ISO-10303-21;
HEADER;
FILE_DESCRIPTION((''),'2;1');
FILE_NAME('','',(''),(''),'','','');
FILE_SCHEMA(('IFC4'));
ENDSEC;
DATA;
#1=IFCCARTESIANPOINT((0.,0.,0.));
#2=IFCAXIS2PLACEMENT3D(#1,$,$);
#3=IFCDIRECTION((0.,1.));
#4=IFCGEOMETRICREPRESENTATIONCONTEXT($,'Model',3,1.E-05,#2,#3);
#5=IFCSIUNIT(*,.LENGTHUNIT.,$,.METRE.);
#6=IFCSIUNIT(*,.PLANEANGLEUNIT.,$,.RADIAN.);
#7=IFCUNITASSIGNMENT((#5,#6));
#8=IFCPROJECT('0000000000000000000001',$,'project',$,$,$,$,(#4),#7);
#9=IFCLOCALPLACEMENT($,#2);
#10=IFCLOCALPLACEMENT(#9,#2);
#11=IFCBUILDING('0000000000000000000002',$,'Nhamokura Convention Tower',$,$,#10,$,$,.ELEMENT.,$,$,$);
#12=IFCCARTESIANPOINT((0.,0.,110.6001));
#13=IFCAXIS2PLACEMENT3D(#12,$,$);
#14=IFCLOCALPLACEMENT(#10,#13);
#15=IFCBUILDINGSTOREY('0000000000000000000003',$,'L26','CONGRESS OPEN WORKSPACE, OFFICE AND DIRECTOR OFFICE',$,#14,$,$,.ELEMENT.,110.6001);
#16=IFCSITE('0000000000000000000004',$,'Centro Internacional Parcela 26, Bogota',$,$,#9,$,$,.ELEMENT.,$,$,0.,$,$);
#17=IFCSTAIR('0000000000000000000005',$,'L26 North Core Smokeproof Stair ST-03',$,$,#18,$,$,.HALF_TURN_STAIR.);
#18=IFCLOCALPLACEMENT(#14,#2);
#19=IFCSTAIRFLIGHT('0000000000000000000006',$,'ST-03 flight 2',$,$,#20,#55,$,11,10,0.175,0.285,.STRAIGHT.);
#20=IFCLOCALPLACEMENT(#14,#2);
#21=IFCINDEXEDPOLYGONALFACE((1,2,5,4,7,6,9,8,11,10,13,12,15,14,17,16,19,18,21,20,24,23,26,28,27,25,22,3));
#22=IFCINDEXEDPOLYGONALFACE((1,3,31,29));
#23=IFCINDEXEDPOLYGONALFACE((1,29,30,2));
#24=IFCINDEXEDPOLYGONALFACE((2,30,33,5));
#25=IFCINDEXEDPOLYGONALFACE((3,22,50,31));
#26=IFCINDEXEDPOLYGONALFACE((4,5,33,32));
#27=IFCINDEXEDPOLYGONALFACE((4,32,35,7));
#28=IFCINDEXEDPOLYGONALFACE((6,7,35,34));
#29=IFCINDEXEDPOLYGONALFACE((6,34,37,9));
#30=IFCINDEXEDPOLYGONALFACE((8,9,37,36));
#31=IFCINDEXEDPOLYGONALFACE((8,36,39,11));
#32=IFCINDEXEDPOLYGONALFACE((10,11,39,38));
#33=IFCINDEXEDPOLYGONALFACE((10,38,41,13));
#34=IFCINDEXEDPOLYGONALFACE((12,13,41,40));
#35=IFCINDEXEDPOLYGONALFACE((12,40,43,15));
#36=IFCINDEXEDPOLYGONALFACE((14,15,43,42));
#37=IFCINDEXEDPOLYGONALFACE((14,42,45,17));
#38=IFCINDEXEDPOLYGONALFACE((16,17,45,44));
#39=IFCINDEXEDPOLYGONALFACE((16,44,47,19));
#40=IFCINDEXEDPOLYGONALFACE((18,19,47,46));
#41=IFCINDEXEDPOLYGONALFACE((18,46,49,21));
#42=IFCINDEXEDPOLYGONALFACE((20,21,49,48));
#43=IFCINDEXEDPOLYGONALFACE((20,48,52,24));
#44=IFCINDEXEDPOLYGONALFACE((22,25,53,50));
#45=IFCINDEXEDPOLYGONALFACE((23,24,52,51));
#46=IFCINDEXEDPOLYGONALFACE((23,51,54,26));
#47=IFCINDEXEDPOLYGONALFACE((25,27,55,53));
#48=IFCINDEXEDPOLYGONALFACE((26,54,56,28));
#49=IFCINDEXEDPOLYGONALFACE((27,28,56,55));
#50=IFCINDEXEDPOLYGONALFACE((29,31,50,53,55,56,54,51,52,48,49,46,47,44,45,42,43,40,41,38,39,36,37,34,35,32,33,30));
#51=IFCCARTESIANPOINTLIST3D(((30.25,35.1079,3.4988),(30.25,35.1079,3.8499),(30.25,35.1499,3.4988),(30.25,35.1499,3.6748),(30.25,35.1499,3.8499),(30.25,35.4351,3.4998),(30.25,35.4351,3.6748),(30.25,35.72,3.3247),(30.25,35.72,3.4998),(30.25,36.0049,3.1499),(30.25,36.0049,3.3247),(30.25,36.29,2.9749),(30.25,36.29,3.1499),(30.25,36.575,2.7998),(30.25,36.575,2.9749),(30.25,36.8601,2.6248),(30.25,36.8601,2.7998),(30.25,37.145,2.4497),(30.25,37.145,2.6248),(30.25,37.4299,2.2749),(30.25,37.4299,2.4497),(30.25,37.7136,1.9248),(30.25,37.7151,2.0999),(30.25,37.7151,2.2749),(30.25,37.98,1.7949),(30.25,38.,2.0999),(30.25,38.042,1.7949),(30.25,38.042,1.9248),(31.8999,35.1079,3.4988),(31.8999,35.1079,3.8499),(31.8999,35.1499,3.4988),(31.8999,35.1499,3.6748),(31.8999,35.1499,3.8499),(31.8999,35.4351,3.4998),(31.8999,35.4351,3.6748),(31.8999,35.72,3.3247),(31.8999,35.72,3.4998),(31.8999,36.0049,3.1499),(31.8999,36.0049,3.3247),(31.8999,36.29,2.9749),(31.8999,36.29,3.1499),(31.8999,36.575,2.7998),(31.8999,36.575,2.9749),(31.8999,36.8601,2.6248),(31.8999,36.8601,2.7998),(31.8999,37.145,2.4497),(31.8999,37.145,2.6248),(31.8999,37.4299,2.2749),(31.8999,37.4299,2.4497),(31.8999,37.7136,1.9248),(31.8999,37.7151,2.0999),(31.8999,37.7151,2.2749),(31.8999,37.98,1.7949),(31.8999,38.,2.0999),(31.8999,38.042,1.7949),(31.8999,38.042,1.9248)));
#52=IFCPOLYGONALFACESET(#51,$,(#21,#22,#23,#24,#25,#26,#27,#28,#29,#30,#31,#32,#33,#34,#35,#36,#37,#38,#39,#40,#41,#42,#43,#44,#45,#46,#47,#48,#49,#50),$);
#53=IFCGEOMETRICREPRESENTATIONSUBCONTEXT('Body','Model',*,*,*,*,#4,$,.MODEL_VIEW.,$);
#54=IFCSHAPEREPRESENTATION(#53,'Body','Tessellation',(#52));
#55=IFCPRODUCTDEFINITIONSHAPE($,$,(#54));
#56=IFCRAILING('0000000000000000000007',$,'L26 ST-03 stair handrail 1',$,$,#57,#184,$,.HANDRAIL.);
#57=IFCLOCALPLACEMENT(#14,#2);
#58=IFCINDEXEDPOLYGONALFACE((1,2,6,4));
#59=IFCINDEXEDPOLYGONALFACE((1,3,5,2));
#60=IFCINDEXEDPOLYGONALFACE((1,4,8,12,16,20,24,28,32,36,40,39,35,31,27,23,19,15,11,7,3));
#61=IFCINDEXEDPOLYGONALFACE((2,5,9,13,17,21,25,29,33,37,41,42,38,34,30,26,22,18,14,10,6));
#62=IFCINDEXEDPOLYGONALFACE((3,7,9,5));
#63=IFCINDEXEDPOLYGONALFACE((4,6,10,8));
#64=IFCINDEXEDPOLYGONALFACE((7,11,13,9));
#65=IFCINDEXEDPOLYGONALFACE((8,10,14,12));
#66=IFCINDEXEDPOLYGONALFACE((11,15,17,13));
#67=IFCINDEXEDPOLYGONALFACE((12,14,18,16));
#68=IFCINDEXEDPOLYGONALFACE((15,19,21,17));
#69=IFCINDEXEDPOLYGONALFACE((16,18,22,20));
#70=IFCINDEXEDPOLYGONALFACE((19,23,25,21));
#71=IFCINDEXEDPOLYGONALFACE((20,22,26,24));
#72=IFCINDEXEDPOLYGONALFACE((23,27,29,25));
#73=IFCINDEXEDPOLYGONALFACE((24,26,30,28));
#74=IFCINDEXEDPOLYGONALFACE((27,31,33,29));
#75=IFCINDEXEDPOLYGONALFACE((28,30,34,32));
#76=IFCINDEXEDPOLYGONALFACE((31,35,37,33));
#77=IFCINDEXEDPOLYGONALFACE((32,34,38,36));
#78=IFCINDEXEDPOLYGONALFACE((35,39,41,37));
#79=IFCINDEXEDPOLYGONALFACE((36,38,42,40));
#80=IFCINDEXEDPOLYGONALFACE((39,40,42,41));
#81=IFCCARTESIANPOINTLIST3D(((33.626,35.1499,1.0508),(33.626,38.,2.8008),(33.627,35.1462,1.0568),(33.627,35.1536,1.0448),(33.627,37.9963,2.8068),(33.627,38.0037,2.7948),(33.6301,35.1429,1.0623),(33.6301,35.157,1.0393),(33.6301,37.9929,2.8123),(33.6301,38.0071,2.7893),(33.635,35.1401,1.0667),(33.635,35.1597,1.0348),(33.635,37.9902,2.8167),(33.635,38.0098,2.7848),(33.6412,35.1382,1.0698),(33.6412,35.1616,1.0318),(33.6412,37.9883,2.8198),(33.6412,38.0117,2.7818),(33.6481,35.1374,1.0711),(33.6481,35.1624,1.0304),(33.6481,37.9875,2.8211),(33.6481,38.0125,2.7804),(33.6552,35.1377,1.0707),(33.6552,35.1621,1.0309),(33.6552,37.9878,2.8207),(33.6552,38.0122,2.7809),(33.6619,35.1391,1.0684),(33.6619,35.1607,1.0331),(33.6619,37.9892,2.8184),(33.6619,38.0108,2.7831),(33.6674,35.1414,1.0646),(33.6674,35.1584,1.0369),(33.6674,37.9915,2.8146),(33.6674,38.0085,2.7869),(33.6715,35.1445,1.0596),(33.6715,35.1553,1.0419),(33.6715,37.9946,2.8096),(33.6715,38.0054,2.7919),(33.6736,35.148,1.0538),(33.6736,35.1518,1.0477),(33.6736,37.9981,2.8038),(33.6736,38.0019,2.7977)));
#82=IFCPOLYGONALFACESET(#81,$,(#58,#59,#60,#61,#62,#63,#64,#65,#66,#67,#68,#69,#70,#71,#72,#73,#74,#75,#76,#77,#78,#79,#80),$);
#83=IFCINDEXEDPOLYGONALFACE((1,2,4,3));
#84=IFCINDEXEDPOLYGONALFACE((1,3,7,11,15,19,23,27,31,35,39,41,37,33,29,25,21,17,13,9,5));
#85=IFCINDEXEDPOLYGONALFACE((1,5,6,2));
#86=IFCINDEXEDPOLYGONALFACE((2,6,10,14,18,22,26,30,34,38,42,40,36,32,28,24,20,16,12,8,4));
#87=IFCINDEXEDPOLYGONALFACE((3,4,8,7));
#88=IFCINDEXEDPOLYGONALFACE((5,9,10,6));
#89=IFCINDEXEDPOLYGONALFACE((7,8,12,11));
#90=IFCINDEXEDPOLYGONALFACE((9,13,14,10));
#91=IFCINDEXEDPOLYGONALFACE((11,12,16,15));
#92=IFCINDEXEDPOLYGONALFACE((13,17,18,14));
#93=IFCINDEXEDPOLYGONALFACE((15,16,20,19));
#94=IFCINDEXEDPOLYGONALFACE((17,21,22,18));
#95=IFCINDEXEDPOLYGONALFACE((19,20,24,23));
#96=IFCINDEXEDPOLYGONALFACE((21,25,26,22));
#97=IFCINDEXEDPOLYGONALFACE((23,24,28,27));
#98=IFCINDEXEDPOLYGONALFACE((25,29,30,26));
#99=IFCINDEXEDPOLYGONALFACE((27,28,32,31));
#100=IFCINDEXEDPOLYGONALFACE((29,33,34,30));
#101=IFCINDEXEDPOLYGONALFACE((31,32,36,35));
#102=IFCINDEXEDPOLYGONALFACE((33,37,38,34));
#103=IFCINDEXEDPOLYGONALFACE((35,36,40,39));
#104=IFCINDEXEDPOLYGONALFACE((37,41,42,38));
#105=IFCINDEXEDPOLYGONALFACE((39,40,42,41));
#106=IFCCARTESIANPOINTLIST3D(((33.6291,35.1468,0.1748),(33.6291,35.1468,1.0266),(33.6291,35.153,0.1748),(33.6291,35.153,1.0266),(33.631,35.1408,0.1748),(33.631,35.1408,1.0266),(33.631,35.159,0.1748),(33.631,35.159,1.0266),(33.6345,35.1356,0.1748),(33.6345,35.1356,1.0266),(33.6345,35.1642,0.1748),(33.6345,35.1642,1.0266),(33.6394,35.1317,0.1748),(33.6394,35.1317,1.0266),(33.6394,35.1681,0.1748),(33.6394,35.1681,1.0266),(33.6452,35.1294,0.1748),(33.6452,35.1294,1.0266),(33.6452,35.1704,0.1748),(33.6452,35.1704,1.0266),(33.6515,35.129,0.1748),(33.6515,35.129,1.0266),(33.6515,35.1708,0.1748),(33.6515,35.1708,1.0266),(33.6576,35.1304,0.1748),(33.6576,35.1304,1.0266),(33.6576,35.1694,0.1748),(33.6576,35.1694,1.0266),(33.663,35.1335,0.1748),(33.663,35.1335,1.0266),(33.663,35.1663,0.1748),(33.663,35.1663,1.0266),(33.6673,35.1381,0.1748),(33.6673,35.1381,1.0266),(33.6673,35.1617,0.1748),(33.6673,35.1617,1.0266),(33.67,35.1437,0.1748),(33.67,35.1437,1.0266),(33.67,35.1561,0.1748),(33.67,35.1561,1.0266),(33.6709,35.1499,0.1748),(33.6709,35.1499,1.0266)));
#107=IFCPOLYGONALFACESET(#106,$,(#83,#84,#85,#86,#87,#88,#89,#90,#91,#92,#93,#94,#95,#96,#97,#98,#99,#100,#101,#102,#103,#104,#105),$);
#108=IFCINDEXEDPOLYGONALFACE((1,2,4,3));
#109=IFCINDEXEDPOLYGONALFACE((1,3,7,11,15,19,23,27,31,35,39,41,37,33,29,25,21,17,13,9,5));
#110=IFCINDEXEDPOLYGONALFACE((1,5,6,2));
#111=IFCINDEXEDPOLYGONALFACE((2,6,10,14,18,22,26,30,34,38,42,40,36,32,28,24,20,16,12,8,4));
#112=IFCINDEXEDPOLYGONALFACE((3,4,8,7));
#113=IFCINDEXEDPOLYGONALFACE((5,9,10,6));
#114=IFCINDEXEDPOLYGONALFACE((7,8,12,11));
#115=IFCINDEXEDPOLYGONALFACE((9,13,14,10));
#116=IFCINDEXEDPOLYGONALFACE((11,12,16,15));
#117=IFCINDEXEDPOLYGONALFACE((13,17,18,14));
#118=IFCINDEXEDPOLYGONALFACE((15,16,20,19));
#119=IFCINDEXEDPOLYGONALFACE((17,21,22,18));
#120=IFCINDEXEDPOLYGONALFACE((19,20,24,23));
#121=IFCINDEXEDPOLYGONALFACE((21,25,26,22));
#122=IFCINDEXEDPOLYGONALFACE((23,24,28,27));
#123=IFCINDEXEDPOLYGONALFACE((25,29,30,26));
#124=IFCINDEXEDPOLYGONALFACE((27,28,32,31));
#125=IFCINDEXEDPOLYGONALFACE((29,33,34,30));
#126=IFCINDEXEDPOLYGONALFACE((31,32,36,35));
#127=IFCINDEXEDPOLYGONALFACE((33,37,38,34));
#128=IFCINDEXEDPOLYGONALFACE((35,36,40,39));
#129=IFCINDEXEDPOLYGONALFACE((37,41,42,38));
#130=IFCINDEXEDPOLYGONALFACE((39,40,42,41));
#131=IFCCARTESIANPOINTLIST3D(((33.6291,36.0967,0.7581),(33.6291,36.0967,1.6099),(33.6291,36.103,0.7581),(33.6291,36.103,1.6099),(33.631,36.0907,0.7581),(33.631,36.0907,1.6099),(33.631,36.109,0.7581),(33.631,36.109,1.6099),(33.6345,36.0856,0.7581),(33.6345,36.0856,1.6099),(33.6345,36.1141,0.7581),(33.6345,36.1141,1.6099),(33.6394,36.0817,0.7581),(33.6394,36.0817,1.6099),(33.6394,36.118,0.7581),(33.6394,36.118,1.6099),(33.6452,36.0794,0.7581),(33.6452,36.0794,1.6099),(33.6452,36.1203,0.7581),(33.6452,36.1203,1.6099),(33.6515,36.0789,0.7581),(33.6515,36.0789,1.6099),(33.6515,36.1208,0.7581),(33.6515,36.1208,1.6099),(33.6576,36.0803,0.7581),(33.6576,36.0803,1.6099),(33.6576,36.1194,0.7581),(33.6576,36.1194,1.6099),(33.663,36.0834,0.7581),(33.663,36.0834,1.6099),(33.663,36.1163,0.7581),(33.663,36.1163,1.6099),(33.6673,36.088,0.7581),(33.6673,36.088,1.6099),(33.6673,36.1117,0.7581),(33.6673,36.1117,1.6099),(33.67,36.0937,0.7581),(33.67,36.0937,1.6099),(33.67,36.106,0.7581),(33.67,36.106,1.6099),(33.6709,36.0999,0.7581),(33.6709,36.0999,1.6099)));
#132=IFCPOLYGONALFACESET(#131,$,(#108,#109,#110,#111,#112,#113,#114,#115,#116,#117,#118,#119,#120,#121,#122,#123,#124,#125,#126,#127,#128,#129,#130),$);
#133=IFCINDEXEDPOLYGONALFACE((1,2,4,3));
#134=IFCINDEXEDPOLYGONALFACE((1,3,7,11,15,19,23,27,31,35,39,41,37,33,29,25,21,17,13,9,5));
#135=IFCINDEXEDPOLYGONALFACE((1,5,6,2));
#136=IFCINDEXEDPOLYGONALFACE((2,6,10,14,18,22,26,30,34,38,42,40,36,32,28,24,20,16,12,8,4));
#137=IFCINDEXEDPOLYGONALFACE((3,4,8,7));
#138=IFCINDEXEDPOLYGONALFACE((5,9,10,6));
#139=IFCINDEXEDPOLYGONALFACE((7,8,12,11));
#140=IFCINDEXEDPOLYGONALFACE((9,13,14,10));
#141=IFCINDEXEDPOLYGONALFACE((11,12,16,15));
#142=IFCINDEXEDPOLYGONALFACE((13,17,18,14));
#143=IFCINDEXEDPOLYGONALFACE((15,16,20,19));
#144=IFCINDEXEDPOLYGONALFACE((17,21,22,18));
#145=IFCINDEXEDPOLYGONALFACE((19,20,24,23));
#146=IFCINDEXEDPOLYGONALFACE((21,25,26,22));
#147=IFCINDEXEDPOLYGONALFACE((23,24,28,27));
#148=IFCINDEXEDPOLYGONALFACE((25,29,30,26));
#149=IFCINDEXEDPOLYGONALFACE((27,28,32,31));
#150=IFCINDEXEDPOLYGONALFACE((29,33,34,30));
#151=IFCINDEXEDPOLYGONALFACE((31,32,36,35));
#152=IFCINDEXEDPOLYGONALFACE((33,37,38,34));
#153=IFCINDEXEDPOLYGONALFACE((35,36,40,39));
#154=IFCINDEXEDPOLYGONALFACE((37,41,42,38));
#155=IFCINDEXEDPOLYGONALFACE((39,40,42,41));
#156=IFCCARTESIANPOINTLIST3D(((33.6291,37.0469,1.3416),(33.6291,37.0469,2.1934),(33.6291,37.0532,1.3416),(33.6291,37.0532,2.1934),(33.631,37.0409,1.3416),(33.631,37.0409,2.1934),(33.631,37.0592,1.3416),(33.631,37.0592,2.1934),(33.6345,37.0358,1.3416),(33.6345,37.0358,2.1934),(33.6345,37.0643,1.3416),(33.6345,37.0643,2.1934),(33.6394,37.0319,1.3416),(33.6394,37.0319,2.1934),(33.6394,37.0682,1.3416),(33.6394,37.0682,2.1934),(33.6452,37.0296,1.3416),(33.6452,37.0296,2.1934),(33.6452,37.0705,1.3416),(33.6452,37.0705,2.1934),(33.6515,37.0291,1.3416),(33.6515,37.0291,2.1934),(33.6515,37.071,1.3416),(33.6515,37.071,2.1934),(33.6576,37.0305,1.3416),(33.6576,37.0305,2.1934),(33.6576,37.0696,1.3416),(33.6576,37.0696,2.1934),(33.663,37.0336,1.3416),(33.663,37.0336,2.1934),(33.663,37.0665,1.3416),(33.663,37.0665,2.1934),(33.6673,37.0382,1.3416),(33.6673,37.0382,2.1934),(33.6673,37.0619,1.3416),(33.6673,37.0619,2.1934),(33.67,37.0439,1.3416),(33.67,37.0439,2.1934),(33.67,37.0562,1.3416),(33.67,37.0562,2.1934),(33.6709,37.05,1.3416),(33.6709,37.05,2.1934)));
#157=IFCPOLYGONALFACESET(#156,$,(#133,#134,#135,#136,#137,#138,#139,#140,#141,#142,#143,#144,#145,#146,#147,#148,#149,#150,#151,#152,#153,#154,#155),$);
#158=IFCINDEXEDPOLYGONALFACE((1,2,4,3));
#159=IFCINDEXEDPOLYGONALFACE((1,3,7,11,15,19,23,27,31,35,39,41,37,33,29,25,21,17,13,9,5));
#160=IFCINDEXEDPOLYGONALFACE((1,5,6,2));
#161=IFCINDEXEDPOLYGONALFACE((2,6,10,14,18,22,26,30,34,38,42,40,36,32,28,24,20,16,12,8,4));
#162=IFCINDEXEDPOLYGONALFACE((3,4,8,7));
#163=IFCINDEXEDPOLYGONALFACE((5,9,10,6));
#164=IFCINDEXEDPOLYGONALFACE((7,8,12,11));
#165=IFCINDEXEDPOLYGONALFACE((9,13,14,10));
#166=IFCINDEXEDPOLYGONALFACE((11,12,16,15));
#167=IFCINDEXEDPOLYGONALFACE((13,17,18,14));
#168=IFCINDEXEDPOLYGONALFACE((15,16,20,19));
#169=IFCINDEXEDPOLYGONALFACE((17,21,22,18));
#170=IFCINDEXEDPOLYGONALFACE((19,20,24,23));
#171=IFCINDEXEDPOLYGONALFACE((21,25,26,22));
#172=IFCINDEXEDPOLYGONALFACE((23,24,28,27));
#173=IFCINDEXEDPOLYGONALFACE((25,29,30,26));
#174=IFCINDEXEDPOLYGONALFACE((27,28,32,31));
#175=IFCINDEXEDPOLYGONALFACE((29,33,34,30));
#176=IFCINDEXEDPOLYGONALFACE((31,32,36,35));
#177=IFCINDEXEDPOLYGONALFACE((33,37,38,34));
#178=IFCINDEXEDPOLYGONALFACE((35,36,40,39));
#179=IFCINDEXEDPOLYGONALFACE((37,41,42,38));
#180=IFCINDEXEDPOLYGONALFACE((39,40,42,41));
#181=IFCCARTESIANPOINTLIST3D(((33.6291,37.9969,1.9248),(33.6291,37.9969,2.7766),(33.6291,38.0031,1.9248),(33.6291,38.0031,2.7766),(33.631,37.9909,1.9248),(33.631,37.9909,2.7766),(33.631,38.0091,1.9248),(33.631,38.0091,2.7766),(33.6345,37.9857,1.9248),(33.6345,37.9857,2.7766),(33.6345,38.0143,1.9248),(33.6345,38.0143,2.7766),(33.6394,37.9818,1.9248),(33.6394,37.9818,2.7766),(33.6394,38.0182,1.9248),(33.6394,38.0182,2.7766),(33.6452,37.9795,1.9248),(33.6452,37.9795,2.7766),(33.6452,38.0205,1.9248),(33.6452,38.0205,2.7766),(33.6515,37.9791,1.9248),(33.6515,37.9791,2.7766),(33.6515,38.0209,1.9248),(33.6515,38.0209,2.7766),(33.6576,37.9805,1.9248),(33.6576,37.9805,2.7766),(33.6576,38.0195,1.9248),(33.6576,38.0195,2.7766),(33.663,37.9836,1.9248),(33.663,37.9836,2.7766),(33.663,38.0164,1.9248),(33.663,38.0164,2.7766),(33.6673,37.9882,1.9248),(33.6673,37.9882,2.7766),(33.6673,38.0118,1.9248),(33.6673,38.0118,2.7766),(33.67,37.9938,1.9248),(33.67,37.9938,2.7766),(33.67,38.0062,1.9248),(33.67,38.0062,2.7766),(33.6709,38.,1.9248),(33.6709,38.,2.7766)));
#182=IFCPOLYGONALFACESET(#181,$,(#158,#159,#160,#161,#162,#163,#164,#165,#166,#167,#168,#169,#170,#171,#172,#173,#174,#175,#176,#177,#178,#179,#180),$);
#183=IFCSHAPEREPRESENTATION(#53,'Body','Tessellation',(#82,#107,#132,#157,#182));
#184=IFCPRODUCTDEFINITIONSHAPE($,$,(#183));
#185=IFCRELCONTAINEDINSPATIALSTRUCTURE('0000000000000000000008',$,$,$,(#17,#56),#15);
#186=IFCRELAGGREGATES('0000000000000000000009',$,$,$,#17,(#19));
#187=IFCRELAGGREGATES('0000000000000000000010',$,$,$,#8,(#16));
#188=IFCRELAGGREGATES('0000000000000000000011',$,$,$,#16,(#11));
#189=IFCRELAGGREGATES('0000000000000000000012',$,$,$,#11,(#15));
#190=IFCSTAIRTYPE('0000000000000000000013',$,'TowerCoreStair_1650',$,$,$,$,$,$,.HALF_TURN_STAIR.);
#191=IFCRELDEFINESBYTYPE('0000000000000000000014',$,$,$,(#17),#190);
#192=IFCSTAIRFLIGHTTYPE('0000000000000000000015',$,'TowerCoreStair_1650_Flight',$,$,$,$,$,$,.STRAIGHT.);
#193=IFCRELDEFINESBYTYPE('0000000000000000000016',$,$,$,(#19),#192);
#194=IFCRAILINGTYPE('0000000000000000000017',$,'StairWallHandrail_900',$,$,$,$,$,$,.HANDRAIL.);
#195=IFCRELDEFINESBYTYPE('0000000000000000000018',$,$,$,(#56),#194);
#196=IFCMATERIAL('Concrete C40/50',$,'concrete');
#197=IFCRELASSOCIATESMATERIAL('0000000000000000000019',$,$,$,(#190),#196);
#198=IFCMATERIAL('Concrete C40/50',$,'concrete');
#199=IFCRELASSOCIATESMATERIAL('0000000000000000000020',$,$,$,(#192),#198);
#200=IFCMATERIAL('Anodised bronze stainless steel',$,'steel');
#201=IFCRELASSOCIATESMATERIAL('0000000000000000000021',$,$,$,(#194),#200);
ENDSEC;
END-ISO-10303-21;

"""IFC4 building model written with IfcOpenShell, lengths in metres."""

from ifc_helpers import new_model, si_unit, direction, frame, origin, origin_2d, place, context, subcontext, project, spatial, polyline, circle, outline, extrude, material, type_object, element, aggregate, save


model = new_model("IFC4")

# Units and contexts
model_context = context("Model", 3, precision=1e-05, world=origin(), true_north=direction((0.0, 1.0)))
body_context = subcontext(model_context, "Body", "Model", "MODEL_VIEW")
ifc_project = project(units=[si_unit("LENGTHUNIT", "METRE"), si_unit("PLANEANGLEUNIT", "RADIAN")], contexts=[model_context])

# Site, building, storey
site_placement = place(None, origin())
site = spatial("IfcSite", under=ifc_project, at=site_placement, Name="Centro Internacional Parcela 26, Bogota", CompositionType="ELEMENT", RefElevation=0.0)
building_placement = place(site_placement, origin())
building = spatial("IfcBuilding", under=site, at=building_placement, Name="Nhamokura Convention Tower", CompositionType="ELEMENT")
storey_placement = place(building_placement, frame((0.0, 0.0, 110.6001)))
storey = spatial("IfcBuildingStorey", under=building, at=storey_placement, Name="L26", Description="CONGRESS OPEN WORKSPACE, OFFICE AND DIRECTOR OFFICE", CompositionType="ELEMENT", Elevation=110.6001)

# Stair, stair flight
ifc_material_1 = material(Name="Concrete C40/50", Category="concrete")
stair_type = type_object("IfcStairType", Name="TowerCoreStair_1650", PredefinedType="HALF_TURN_STAIR", material=ifc_material_1)
stair_placement = place(storey_placement, origin())
stair = element("IfcStair", 1, at=stair_placement, inside=storey, type_object=stair_type, Name="L26 North Core Smokeproof Stair ST-03", PredefinedType="HALF_TURN_STAIR")
ifc_material_2 = material(Name="Concrete C40/50", Category="concrete")
stair_flight_type = type_object("IfcStairFlightType", Name="TowerCoreStair_1650_Flight", PredefinedType="STRAIGHT", material=ifc_material_2)
stair_flight_1_placement = place(storey_placement, frame((31.075, 38.0, 1.9248), z_axis=(0.0, 0.0, 1.0), x_axis=(0.0, -1.0, 0.0)))
stair_flight_1 = element("IfcStairFlight", 2, at=stair_flight_1_placement, type_object=stair_flight_type, Name="ST-03 flight 2", NumberOfRisers=11, NumberOfTreads=10, PredefinedType="STRAIGHT", RiserHeight=0.175, TreadLength=0.285, context=body_context, shape_type="SweptSolid", body=[
    extrude(outline(polyline([(-0.042, 0.0), (0.0, 0.175), (0.2849, 0.175), (0.2849, 0.3501), (0.5701, 0.3501), (0.5701, 0.5249), (0.855, 0.5249), (0.855, 0.7), (1.1399, 0.7), (1.1399, 0.875), (1.425, 0.875), (1.425, 1.05), (1.71, 1.05), (1.71, 1.2251), (1.9951, 1.2251), (1.9951, 1.3999), (2.28, 1.3999), (2.28, 1.575), (2.5649, 1.575), (2.5649, 1.75), (2.8501, 1.75), (2.8501, 1.925), (2.8921, 1.925), (2.8921, 1.574), (2.8501, 1.574), (0.2864, 0.0), (0.02, -0.1299), (-0.042, -0.1299), (-0.042, 0.0)])), frame((0.0, 0.825, 0.0), z_axis=(0.0, -1.0, 0.0), x_axis=(1.0, 0.0, 0.0)), (0.0, 0.0, 1.0), 1.6499),
])
aggregate(stair, [stair_flight_1])

# Railing
ifc_material_3 = material(Name="Anodised bronze stainless steel", Category="steel")
railing_type_1 = type_object("IfcRailingType", Name="StairWallHandrail_900", PredefinedType="HANDRAIL", material=ifc_material_3)
railing_1_placement = place(storey_placement, frame((33.6499, 35.1499, 0.1748)))
element("IfcRailing", 3, at=railing_1_placement, inside=storey, type_object=railing_type_1, Name="L26 ST-03 stair handrail 1", PredefinedType="HANDRAIL", context=body_context, shape_type="SweptSolid", body=[
    extrude(circle(Radius=0.0239, at=origin_2d()), frame((0.0, 0.0, 0.876), z_axis=(0.0, 0.852179, 0.52325), x_axis=(-1.0, 0.0, 0.0)), (0.0, 0.0, 1.0), 3.3445),
    extrude(circle(Radius=0.021, at=origin_2d()), origin(), (0.0, 0.0, 1.0), 0.8518),
    extrude(circle(Radius=0.021, at=origin_2d()), frame((0.0, 0.95, 0.5833)), (0.0, 0.0, 1.0), 0.8518),
    extrude(circle(Radius=0.021, at=origin_2d()), frame((0.0, 1.9001, 1.1667)), (0.0, 0.0, 1.0), 0.8518),
    extrude(circle(Radius=0.021, at=origin_2d()), frame((0.0, 2.8501, 1.75)), (0.0, 0.0, 1.0), 0.8518),
])

save(model, "model.ifc")
